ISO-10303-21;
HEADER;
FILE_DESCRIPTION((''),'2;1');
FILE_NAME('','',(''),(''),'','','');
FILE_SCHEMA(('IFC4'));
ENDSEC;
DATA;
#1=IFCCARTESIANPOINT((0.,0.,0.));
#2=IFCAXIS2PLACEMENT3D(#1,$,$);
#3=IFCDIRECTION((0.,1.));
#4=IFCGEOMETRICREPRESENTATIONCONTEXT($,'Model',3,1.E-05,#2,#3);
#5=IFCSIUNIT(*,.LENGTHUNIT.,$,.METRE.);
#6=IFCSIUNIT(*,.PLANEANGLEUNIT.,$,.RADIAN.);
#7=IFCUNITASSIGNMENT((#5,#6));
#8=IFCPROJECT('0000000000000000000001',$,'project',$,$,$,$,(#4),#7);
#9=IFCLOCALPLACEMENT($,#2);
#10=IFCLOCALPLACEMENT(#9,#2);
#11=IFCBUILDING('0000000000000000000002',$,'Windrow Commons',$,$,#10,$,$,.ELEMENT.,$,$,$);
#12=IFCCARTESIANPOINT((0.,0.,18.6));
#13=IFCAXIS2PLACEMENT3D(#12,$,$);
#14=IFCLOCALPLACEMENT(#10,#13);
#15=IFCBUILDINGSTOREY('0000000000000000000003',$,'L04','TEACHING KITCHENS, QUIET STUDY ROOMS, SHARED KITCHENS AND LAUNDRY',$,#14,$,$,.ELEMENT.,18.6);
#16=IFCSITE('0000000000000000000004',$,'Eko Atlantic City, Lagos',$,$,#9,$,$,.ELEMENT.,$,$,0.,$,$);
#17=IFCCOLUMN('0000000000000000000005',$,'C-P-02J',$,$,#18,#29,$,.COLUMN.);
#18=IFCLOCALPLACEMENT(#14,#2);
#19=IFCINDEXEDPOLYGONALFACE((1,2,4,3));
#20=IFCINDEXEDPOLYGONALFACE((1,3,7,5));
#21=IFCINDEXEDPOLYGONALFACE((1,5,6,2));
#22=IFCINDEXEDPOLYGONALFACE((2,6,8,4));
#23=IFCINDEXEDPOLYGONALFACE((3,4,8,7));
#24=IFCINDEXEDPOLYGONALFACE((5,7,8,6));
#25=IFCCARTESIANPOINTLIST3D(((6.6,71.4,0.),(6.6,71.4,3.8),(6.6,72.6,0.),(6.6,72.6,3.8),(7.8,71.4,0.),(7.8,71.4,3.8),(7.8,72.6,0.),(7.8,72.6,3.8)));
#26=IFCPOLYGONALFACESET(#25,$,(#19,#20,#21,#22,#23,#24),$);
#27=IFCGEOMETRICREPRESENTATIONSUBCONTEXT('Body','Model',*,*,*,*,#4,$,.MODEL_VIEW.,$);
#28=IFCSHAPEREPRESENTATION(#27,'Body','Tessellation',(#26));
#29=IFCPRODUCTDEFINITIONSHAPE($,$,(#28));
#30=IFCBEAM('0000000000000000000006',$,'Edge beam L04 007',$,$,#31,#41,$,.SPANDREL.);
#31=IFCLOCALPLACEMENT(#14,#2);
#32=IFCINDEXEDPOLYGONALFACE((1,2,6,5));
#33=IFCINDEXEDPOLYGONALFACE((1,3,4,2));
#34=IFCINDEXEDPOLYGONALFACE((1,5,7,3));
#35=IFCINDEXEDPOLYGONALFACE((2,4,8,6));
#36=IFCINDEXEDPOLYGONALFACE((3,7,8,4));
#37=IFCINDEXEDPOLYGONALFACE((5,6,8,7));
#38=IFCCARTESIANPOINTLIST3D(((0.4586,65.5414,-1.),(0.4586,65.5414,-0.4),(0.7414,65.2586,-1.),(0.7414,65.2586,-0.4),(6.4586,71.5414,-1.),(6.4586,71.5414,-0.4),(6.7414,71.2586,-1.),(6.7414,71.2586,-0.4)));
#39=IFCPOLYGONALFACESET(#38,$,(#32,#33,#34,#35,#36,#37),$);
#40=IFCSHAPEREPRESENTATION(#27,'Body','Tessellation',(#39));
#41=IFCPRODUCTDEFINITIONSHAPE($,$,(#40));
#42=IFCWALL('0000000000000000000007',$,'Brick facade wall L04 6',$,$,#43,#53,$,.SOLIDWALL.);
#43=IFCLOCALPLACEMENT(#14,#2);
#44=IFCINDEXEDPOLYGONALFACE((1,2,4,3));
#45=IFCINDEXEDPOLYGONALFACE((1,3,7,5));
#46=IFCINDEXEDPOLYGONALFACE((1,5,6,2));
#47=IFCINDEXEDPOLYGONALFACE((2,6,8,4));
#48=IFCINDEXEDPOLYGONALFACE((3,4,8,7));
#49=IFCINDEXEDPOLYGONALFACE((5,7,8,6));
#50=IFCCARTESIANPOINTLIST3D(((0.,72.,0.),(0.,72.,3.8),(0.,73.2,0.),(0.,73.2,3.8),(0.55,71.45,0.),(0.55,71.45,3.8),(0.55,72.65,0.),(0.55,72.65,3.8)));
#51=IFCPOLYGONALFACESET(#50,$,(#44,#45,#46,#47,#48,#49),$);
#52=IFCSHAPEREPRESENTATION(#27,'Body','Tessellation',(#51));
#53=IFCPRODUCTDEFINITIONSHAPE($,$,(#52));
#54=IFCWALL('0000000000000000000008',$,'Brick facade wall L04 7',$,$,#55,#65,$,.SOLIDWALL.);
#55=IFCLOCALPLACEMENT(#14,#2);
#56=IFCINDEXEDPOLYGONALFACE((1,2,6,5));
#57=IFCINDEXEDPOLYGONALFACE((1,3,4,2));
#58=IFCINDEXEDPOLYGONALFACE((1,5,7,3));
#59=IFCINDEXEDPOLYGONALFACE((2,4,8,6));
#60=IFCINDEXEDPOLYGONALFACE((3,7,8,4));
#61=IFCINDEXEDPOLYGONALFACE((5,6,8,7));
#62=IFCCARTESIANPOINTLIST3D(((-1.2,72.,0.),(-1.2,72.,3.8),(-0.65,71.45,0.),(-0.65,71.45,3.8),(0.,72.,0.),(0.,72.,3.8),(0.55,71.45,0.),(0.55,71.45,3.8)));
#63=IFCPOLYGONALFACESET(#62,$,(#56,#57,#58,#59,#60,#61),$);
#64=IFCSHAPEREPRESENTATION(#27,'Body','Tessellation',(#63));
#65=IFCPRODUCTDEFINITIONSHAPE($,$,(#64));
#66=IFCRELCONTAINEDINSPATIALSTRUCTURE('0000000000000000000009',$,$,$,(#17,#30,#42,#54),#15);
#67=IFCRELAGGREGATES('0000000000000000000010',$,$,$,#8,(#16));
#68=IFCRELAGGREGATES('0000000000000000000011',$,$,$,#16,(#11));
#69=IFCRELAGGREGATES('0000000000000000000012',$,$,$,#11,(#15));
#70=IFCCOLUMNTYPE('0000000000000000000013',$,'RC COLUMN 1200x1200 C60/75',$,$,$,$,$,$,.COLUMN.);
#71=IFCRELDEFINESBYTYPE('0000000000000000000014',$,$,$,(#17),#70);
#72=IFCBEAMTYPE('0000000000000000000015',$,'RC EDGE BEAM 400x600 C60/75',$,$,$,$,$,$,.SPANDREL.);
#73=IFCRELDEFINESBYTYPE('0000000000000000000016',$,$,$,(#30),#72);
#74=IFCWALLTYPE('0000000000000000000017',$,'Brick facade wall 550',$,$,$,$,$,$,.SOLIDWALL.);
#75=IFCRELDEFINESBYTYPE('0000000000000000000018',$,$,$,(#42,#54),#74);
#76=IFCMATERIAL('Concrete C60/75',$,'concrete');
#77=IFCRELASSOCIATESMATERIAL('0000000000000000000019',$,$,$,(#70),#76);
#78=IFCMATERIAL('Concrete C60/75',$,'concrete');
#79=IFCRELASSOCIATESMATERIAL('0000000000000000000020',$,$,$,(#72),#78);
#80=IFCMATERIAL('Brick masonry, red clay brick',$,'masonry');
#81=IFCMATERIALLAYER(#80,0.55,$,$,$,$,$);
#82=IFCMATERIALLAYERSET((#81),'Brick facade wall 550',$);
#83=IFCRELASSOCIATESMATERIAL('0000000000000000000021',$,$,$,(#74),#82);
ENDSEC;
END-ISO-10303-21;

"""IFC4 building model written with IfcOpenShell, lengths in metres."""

from ifc_helpers import new_model, si_unit, direction, frame, origin, origin_2d, place, context, subcontext, project, spatial, polyline, rectangle, outline, extrude, material, layer, layer_set, material_profile, profile_set, type_object, element, save


model = new_model("IFC4")

# Units and contexts
model_context = context("Model", 3, precision=1e-05, world=origin(), true_north=direction((0.0, 1.0)))
body_context = subcontext(model_context, "Body", "Model", "MODEL_VIEW")
ifc_project = project(units=[si_unit("LENGTHUNIT", "METRE"), si_unit("PLANEANGLEUNIT", "RADIAN")], contexts=[model_context])

# Site, building, storey
site_placement = place(None, origin())
site = spatial("IfcSite", under=ifc_project, at=site_placement, Name="Eko Atlantic City, Lagos", CompositionType="ELEMENT", RefElevation=0.0)
building_placement = place(site_placement, origin())
building = spatial("IfcBuilding", under=site, at=building_placement, Name="Windrow Commons", CompositionType="ELEMENT")
storey_placement = place(building_placement, frame((0.0, 0.0, 18.6)))
storey = spatial("IfcBuildingStorey", under=building, at=storey_placement, Name="L04", Description="TEACHING KITCHENS, QUIET STUDY ROOMS, SHARED KITCHENS AND LAUNDRY", CompositionType="ELEMENT", Elevation=18.6)

# Column
ifc_material_1 = material(Name="Concrete C60/75", Category="concrete")
ifc_material_profile_1 = material_profile(ifc_material_1, rectangle(XDim=1.2, YDim=1.2, at=origin_2d()))
ifc_profile_set_1 = profile_set([ifc_material_profile_1], Name="Concrete C60/75")
column_type = type_object("IfcColumnType", Name="RC COLUMN 1200x1200 C60/75", PredefinedType="COLUMN", material=ifc_profile_set_1)
column_placement = place(storey_placement, frame((7.2, 72.0, 0.0), z_axis=(0.0, 0.0, 1.0), x_axis=(1.0, 0.0, 0.0)))
element("IfcColumn", 1, at=column_placement, inside=storey, type_object=column_type, Name="C-P-02J", PredefinedType="COLUMN", context=body_context, shape_type="SweptSolid", body=[
    extrude(rectangle(XDim=1.2, YDim=1.2, at=origin_2d()), origin(), (0.0, 0.0, 1.0), 3.8),
])

# Beam
ifc_material_2 = material(Name="Concrete C60/75", Category="concrete")
ifc_material_profile_2 = material_profile(ifc_material_2, rectangle(XDim=0.4, YDim=0.6, at=origin_2d()))
ifc_profile_set_2 = profile_set([ifc_material_profile_2], Name="Concrete C60/75")
beam_type = type_object("IfcBeamType", Name="RC EDGE BEAM 400x600 C60/75", PredefinedType="SPANDREL", material=ifc_profile_set_2)
beam_placement = place(storey_placement, frame((0.6, 65.4, -0.7), z_axis=(0.707107, 0.707107, 0.0), x_axis=(-0.707107, 0.707107, 0.0)))
element("IfcBeam", 2, at=beam_placement, inside=storey, type_object=beam_type, Name="Edge beam L04 007", PredefinedType="SPANDREL", context=body_context, shape_type="SweptSolid", body=[
    extrude(rectangle(XDim=0.4, YDim=0.6, at=origin_2d()), origin(), (0.0, 0.0, 1.0), 8.4853),
])

# Walls
ifc_material_3 = material(Name="Brick masonry, red clay brick", Category="masonry")
ifc_layer_1 = layer(ifc_material_3, 0.55)
ifc_layer_set_1 = layer_set([ifc_layer_1], Name="Brick facade wall 550")
wall_type_1 = type_object("IfcWallType", Name="Brick facade wall 550", PredefinedType="SOLIDWALL", material=ifc_layer_set_1)
wall_1_placement = place(storey_placement, frame((0.275, 72.925, 0.0), z_axis=(0.0, 0.0, 1.0), x_axis=(0.0, -1.0, 0.0)))
element("IfcWall", 3, at=wall_1_placement, inside=storey, type_object=wall_type_1, Name="Brick facade wall L04 6", PredefinedType="SOLIDWALL", context=body_context, shape_type="SweptSolid", body=[
    extrude(outline(polyline([(-0.275, -0.275), (0.925, -0.275), (1.475, 0.275), (0.275, 0.275), (-0.275, -0.275)])), origin(), (0.0, 0.0, 1.0), 3.8),
])
wall_2_placement = place(storey_placement, frame((0.275, 71.725, 0.0), z_axis=(0.0, 0.0, 1.0), x_axis=(-1.0, 0.0, 0.0)))
element("IfcWall", 4, at=wall_2_placement, inside=storey, type_object=wall_type_1, Name="Brick facade wall L04 7", PredefinedType="SOLIDWALL", context=body_context, shape_type="SweptSolid", body=[
    extrude(outline(polyline([(0.275, -0.275), (1.475, -0.275), (0.925, 0.275), (-0.275, 0.275), (0.275, -0.275)])), origin(), (0.0, 0.0, 1.0), 3.8),
])

save(model, "model.ifc")
